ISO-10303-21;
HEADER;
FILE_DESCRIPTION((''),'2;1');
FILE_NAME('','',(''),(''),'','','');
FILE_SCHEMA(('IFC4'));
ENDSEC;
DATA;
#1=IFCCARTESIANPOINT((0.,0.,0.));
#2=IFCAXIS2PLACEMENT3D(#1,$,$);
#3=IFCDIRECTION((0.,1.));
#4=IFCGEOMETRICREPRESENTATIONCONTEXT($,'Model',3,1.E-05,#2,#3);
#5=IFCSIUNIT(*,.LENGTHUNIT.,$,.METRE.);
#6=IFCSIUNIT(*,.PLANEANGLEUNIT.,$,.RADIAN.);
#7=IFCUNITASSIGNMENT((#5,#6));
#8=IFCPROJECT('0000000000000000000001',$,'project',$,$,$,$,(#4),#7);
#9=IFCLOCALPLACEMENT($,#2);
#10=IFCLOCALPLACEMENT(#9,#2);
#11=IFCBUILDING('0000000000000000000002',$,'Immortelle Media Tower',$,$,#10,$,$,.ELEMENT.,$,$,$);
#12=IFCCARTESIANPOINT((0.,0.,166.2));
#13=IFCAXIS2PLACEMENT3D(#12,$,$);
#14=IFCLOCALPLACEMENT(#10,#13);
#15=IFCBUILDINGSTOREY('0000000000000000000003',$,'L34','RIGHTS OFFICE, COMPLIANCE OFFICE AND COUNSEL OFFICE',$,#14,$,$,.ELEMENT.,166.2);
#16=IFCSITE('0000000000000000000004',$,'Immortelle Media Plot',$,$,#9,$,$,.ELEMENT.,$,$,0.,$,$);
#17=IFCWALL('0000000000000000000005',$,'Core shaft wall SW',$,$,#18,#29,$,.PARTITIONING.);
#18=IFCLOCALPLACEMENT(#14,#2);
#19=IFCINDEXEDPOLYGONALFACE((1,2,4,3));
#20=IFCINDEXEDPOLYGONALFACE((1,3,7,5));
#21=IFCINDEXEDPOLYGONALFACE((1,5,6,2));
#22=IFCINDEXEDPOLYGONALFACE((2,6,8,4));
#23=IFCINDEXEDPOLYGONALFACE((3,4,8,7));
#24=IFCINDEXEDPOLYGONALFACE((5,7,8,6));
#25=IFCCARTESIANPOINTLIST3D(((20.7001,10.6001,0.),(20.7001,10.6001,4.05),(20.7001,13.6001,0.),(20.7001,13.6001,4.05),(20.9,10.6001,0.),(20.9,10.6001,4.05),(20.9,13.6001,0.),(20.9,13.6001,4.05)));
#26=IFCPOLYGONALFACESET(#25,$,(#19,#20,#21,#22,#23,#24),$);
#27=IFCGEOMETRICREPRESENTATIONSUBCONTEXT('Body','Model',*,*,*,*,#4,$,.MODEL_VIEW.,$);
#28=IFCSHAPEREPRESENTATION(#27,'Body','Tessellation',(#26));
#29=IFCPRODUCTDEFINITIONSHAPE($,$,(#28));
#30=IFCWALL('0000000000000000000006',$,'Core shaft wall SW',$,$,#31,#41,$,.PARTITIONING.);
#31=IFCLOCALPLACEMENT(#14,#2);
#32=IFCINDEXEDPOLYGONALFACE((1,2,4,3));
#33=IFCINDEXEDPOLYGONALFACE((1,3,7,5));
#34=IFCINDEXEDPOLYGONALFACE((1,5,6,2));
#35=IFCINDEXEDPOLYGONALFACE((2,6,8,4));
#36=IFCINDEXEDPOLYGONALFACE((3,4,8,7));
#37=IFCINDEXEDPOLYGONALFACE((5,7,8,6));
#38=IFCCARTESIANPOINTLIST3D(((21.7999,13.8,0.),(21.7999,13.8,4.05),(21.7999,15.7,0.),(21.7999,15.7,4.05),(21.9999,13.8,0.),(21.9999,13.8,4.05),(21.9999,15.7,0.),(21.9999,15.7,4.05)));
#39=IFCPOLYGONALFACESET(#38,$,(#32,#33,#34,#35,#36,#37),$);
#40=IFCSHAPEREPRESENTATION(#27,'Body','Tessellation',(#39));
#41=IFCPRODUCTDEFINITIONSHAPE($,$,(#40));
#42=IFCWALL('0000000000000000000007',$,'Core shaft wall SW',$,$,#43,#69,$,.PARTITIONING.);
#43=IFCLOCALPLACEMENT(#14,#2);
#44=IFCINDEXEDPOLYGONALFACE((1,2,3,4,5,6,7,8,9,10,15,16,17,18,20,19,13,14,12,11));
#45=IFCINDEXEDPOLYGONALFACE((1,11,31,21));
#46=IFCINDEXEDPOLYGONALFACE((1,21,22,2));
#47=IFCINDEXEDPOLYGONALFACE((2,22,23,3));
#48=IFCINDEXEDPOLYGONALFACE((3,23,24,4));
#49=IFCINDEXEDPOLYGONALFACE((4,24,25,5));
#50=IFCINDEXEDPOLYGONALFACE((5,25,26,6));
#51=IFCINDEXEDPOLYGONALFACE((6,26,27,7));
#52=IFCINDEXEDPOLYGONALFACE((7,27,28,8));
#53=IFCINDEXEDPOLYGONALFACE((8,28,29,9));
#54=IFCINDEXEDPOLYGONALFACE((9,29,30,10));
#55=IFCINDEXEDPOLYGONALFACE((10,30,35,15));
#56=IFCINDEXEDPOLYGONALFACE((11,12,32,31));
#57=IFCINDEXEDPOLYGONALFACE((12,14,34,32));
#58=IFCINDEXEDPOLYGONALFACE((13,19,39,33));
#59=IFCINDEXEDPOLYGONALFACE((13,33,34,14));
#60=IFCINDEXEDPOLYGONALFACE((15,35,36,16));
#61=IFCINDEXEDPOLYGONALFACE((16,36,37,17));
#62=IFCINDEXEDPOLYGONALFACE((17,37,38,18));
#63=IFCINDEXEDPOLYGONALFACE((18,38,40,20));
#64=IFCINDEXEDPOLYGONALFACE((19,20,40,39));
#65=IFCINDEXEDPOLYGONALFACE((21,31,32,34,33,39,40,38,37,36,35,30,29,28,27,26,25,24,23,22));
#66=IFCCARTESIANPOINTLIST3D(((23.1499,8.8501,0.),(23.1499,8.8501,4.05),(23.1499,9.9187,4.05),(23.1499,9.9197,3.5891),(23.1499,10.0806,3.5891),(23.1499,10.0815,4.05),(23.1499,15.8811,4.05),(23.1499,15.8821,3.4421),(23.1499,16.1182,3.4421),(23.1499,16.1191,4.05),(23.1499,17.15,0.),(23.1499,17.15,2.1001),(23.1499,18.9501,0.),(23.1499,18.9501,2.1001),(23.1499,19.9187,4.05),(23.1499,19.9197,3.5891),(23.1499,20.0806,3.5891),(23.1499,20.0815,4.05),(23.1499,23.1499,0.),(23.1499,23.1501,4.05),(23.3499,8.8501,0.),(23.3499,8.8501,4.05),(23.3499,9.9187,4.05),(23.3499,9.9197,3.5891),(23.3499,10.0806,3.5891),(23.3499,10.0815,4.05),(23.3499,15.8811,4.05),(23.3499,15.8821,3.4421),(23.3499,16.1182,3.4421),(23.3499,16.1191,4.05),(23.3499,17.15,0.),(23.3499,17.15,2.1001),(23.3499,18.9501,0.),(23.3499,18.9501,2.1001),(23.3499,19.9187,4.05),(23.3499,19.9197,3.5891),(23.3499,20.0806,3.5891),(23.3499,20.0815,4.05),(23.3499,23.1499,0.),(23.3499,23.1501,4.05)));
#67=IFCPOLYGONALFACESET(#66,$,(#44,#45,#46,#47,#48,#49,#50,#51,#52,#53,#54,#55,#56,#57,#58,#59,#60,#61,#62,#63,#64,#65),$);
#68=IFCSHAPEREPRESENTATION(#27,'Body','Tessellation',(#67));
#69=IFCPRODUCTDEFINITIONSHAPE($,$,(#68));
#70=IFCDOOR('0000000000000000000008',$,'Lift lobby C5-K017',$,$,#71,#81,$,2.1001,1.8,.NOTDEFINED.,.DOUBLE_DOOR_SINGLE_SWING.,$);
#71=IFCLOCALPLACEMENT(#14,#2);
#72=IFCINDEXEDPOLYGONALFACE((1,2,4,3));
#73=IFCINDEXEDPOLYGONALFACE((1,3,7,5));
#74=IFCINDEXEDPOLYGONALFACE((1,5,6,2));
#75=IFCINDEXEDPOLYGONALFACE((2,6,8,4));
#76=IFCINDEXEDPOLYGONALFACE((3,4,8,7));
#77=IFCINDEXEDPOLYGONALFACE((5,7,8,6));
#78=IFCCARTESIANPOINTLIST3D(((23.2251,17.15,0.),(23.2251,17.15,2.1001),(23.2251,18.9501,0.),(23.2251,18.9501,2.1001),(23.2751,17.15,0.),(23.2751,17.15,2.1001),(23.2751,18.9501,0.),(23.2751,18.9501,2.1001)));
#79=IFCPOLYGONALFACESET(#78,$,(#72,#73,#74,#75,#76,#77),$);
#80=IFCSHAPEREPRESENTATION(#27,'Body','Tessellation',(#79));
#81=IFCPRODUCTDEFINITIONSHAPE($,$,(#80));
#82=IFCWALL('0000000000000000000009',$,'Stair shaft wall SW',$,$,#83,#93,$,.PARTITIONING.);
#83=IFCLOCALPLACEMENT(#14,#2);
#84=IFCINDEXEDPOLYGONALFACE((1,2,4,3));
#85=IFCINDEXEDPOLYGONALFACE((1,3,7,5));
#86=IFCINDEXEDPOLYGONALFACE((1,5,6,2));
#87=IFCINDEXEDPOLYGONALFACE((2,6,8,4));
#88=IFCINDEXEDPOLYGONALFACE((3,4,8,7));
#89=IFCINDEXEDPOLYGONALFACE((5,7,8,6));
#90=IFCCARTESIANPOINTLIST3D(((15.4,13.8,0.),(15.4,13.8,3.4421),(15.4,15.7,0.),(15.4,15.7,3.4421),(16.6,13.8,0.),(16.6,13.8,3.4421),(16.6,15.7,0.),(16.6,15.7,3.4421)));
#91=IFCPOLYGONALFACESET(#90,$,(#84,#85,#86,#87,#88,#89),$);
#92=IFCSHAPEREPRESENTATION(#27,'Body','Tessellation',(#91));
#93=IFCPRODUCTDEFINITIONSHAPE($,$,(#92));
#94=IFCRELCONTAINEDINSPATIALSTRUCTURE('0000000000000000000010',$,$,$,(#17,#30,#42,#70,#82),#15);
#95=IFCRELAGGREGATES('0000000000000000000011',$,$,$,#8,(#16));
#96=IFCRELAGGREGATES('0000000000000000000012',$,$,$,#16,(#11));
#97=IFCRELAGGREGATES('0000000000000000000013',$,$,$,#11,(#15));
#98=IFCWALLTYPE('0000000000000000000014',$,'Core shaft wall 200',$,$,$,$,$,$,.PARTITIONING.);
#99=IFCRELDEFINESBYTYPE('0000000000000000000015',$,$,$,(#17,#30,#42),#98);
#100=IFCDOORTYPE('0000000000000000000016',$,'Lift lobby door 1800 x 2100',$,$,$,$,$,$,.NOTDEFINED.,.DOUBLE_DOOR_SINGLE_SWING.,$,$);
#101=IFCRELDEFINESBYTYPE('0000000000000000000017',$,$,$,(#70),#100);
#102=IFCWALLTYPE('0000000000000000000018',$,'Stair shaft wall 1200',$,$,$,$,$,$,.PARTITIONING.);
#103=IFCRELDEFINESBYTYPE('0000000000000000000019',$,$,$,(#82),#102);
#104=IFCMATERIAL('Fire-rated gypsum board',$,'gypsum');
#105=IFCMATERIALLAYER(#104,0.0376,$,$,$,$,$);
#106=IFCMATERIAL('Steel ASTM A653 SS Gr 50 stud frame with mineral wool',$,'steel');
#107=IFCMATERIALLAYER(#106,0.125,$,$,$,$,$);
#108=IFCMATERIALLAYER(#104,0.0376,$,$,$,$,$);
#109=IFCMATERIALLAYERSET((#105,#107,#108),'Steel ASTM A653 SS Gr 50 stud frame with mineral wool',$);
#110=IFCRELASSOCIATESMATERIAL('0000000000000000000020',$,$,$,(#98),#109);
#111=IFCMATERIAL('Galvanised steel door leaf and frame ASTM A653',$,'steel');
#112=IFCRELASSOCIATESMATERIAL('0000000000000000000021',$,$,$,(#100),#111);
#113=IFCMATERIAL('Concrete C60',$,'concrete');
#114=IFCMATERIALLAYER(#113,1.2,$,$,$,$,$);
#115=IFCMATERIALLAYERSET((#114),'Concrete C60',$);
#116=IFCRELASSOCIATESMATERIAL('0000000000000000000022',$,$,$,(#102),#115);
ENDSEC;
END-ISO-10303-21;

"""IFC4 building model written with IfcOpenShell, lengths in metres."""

from ifc_helpers import new_model, si_unit, direction, frame, frame_2d, origin, place, context, subcontext, project, spatial, polyline, rectangle, outline, extrude, material, layer, layer_set, type_object, element, fill, save


model = new_model("IFC4")

# Units and contexts
model_context = context("Model", 3, precision=1e-05, world=origin(), true_north=direction((0.0, 1.0)))
body_context = subcontext(model_context, "Body", "Model", "MODEL_VIEW")
ifc_project = project(units=[si_unit("LENGTHUNIT", "METRE"), si_unit("PLANEANGLEUNIT", "RADIAN")], contexts=[model_context])

# Site, building, storey
site_placement = place(None, origin())
site = spatial("IfcSite", under=ifc_project, at=site_placement, Name="Immortelle Media Plot", CompositionType="ELEMENT", RefElevation=0.0)
building_placement = place(site_placement, origin())
building = spatial("IfcBuilding", under=site, at=building_placement, Name="Immortelle Media Tower", CompositionType="ELEMENT")
storey_placement = place(building_placement, frame((0.0, 0.0, 166.2)))
storey = spatial("IfcBuildingStorey", under=building, at=storey_placement, Name="L34", Description="RIGHTS OFFICE, COMPLIANCE OFFICE AND COUNSEL OFFICE", CompositionType="ELEMENT", Elevation=166.2)

# Shared definitions
ifc_material_1 = material(Name="Galvanised steel door leaf and frame ASTM A653", Category="steel")

# Walls
ifc_material_2 = material(Name="Fire-rated gypsum board", Category="gypsum")
ifc_layer_1 = layer(ifc_material_2, 0.0376)
ifc_material_3 = material(Name="Steel ASTM A653 SS Gr 50 stud frame with mineral wool", Category="steel")
ifc_layer_2 = layer(ifc_material_3, 0.125)
ifc_layer_3 = layer(ifc_material_2, 0.0376)
ifc_layer_set_1 = layer_set([ifc_layer_1, ifc_layer_2, ifc_layer_3], Name="Steel ASTM A653 SS Gr 50 stud frame with mineral wool")
wall_type_1 = type_object("IfcWallType", Name="Core shaft wall 200", PredefinedType="PARTITIONING", material=ifc_layer_set_1)
wall_1_placement = place(storey_placement, frame((20.8, 10.6001, 0.0), z_axis=(0.0, 0.0, 1.0), x_axis=(0.0, 1.0, 0.0)))
element("IfcWall", 1, at=wall_1_placement, inside=storey, type_object=wall_type_1, Name="Core shaft wall SW", PredefinedType="PARTITIONING", context=body_context, shape_type="SweptSolid", body=[
    extrude(rectangle(XDim=3.0, YDim=0.2, at=frame_2d((1.5, 0.0))), origin(), (0.0, 0.0, 1.0), 4.05),
])
wall_2_placement = place(storey_placement, frame((21.8999, 13.8, 0.0), z_axis=(0.0, 0.0, 1.0), x_axis=(0.0, 1.0, 0.0)))
element("IfcWall", 2, at=wall_2_placement, inside=storey, type_object=wall_type_1, Name="Core shaft wall SW", PredefinedType="PARTITIONING", context=body_context, shape_type="SweptSolid", body=[
    extrude(rectangle(XDim=1.8999, YDim=0.2, at=frame_2d((0.95, 0.0))), origin(), (0.0, 0.0, 1.0), 4.05),
])

# Wall, opening, door
wall_3_placement = place(storey_placement, frame((23.25, 8.8501, 0.0), z_axis=(0.0, 0.0, 1.0), x_axis=(0.0, 1.0, 0.0)))
wall_3 = element("IfcWall", 3, at=wall_3_placement, inside=storey, type_object=wall_type_1, Name="Core shaft wall SW", PredefinedType="PARTITIONING", context=body_context, shape_type="SweptSolid", body=[
    extrude(outline(polyline([(0.0, 0.0), (14.2998, 0.0), (14.3, 4.05), (11.2314, 4.05), (11.2305, 3.5891), (11.0696, 3.5891), (11.0686, 4.05), (7.269, 4.05), (7.2681, 3.4421), (7.032, 3.4421), (7.031, 4.05), (1.2314, 4.05), (1.2305, 3.5891), (1.0696, 3.5891), (1.0686, 4.05), (0.0, 4.05), (0.0, 0.0)])), frame((0.0, 0.1001, 0.0), z_axis=(0.0, -1.0, 0.0), x_axis=(1.0, 0.0, 0.0)), (0.0, 0.0, 1.0), 0.2),
])
opening_1_placement = place(wall_3_placement, frame((8.3, 0.0, 0.0)))
opening_1 = element("IfcOpeningElement", 4, at=opening_1_placement, cuts=wall_3, PredefinedType="OPENING", context=body_context, shape_type="SweptSolid", body=[
    extrude(rectangle(XDim=1.8, YDim=2.1001, at=frame_2d((0.8999, 1.05))), frame((0.0, 0.1099, 0.0), z_axis=(0.0, -1.0, 0.0), x_axis=(1.0, 0.0, 0.0)), (0.0, 0.0, 1.0), 0.22),
])
door_type_1 = type_object("IfcDoorType", Name="Lift lobby door 1800 x 2100", OperationType="DOUBLE_DOOR_SINGLE_SWING", PredefinedType="NOTDEFINED", material=ifc_material_1)
door_1_placement = place(opening_1_placement, origin())
door_1 = element("IfcDoor", 5, at=door_1_placement, inside=storey, type_object=door_type_1, Name="Lift lobby C5-K017", OperationType="DOUBLE_DOOR_SINGLE_SWING", OverallHeight=2.1001, OverallWidth=1.8, PredefinedType="NOTDEFINED", context=body_context, shape_type="SweptSolid", body=[
    extrude(rectangle(XDim=1.8, YDim=2.1001, at=frame_2d((0.8999, 1.05))), frame((0.0, 0.0249, 0.0), z_axis=(0.0, -1.0, 0.0), x_axis=(1.0, 0.0, 0.0)), (0.0, 0.0, 1.0), 0.05),
])
fill(opening_1, door_1)

# Wall
ifc_material_4 = material(Name="Concrete C60", Category="concrete")
ifc_layer_4 = layer(ifc_material_4, 1.2)
ifc_layer_set_2 = layer_set([ifc_layer_4], Name="Concrete C60")
wall_type_2 = type_object("IfcWallType", Name="Stair shaft wall 1200", PredefinedType="PARTITIONING", material=ifc_layer_set_2)
wall_4_placement = place(storey_placement, frame((16.0, 13.8, 0.0), z_axis=(0.0, 0.0, 1.0), x_axis=(0.0, 1.0, 0.0)))
element("IfcWall", 6, at=wall_4_placement, inside=storey, type_object=wall_type_2, Name="Stair shaft wall SW", PredefinedType="PARTITIONING", context=body_context, shape_type="SweptSolid", body=[
    extrude(rectangle(XDim=1.8999, YDim=1.2, at=frame_2d((0.95, 0.0))), origin(), (0.0, 0.0, 1.0), 3.4421),
])

save(model, "model.ifc")
